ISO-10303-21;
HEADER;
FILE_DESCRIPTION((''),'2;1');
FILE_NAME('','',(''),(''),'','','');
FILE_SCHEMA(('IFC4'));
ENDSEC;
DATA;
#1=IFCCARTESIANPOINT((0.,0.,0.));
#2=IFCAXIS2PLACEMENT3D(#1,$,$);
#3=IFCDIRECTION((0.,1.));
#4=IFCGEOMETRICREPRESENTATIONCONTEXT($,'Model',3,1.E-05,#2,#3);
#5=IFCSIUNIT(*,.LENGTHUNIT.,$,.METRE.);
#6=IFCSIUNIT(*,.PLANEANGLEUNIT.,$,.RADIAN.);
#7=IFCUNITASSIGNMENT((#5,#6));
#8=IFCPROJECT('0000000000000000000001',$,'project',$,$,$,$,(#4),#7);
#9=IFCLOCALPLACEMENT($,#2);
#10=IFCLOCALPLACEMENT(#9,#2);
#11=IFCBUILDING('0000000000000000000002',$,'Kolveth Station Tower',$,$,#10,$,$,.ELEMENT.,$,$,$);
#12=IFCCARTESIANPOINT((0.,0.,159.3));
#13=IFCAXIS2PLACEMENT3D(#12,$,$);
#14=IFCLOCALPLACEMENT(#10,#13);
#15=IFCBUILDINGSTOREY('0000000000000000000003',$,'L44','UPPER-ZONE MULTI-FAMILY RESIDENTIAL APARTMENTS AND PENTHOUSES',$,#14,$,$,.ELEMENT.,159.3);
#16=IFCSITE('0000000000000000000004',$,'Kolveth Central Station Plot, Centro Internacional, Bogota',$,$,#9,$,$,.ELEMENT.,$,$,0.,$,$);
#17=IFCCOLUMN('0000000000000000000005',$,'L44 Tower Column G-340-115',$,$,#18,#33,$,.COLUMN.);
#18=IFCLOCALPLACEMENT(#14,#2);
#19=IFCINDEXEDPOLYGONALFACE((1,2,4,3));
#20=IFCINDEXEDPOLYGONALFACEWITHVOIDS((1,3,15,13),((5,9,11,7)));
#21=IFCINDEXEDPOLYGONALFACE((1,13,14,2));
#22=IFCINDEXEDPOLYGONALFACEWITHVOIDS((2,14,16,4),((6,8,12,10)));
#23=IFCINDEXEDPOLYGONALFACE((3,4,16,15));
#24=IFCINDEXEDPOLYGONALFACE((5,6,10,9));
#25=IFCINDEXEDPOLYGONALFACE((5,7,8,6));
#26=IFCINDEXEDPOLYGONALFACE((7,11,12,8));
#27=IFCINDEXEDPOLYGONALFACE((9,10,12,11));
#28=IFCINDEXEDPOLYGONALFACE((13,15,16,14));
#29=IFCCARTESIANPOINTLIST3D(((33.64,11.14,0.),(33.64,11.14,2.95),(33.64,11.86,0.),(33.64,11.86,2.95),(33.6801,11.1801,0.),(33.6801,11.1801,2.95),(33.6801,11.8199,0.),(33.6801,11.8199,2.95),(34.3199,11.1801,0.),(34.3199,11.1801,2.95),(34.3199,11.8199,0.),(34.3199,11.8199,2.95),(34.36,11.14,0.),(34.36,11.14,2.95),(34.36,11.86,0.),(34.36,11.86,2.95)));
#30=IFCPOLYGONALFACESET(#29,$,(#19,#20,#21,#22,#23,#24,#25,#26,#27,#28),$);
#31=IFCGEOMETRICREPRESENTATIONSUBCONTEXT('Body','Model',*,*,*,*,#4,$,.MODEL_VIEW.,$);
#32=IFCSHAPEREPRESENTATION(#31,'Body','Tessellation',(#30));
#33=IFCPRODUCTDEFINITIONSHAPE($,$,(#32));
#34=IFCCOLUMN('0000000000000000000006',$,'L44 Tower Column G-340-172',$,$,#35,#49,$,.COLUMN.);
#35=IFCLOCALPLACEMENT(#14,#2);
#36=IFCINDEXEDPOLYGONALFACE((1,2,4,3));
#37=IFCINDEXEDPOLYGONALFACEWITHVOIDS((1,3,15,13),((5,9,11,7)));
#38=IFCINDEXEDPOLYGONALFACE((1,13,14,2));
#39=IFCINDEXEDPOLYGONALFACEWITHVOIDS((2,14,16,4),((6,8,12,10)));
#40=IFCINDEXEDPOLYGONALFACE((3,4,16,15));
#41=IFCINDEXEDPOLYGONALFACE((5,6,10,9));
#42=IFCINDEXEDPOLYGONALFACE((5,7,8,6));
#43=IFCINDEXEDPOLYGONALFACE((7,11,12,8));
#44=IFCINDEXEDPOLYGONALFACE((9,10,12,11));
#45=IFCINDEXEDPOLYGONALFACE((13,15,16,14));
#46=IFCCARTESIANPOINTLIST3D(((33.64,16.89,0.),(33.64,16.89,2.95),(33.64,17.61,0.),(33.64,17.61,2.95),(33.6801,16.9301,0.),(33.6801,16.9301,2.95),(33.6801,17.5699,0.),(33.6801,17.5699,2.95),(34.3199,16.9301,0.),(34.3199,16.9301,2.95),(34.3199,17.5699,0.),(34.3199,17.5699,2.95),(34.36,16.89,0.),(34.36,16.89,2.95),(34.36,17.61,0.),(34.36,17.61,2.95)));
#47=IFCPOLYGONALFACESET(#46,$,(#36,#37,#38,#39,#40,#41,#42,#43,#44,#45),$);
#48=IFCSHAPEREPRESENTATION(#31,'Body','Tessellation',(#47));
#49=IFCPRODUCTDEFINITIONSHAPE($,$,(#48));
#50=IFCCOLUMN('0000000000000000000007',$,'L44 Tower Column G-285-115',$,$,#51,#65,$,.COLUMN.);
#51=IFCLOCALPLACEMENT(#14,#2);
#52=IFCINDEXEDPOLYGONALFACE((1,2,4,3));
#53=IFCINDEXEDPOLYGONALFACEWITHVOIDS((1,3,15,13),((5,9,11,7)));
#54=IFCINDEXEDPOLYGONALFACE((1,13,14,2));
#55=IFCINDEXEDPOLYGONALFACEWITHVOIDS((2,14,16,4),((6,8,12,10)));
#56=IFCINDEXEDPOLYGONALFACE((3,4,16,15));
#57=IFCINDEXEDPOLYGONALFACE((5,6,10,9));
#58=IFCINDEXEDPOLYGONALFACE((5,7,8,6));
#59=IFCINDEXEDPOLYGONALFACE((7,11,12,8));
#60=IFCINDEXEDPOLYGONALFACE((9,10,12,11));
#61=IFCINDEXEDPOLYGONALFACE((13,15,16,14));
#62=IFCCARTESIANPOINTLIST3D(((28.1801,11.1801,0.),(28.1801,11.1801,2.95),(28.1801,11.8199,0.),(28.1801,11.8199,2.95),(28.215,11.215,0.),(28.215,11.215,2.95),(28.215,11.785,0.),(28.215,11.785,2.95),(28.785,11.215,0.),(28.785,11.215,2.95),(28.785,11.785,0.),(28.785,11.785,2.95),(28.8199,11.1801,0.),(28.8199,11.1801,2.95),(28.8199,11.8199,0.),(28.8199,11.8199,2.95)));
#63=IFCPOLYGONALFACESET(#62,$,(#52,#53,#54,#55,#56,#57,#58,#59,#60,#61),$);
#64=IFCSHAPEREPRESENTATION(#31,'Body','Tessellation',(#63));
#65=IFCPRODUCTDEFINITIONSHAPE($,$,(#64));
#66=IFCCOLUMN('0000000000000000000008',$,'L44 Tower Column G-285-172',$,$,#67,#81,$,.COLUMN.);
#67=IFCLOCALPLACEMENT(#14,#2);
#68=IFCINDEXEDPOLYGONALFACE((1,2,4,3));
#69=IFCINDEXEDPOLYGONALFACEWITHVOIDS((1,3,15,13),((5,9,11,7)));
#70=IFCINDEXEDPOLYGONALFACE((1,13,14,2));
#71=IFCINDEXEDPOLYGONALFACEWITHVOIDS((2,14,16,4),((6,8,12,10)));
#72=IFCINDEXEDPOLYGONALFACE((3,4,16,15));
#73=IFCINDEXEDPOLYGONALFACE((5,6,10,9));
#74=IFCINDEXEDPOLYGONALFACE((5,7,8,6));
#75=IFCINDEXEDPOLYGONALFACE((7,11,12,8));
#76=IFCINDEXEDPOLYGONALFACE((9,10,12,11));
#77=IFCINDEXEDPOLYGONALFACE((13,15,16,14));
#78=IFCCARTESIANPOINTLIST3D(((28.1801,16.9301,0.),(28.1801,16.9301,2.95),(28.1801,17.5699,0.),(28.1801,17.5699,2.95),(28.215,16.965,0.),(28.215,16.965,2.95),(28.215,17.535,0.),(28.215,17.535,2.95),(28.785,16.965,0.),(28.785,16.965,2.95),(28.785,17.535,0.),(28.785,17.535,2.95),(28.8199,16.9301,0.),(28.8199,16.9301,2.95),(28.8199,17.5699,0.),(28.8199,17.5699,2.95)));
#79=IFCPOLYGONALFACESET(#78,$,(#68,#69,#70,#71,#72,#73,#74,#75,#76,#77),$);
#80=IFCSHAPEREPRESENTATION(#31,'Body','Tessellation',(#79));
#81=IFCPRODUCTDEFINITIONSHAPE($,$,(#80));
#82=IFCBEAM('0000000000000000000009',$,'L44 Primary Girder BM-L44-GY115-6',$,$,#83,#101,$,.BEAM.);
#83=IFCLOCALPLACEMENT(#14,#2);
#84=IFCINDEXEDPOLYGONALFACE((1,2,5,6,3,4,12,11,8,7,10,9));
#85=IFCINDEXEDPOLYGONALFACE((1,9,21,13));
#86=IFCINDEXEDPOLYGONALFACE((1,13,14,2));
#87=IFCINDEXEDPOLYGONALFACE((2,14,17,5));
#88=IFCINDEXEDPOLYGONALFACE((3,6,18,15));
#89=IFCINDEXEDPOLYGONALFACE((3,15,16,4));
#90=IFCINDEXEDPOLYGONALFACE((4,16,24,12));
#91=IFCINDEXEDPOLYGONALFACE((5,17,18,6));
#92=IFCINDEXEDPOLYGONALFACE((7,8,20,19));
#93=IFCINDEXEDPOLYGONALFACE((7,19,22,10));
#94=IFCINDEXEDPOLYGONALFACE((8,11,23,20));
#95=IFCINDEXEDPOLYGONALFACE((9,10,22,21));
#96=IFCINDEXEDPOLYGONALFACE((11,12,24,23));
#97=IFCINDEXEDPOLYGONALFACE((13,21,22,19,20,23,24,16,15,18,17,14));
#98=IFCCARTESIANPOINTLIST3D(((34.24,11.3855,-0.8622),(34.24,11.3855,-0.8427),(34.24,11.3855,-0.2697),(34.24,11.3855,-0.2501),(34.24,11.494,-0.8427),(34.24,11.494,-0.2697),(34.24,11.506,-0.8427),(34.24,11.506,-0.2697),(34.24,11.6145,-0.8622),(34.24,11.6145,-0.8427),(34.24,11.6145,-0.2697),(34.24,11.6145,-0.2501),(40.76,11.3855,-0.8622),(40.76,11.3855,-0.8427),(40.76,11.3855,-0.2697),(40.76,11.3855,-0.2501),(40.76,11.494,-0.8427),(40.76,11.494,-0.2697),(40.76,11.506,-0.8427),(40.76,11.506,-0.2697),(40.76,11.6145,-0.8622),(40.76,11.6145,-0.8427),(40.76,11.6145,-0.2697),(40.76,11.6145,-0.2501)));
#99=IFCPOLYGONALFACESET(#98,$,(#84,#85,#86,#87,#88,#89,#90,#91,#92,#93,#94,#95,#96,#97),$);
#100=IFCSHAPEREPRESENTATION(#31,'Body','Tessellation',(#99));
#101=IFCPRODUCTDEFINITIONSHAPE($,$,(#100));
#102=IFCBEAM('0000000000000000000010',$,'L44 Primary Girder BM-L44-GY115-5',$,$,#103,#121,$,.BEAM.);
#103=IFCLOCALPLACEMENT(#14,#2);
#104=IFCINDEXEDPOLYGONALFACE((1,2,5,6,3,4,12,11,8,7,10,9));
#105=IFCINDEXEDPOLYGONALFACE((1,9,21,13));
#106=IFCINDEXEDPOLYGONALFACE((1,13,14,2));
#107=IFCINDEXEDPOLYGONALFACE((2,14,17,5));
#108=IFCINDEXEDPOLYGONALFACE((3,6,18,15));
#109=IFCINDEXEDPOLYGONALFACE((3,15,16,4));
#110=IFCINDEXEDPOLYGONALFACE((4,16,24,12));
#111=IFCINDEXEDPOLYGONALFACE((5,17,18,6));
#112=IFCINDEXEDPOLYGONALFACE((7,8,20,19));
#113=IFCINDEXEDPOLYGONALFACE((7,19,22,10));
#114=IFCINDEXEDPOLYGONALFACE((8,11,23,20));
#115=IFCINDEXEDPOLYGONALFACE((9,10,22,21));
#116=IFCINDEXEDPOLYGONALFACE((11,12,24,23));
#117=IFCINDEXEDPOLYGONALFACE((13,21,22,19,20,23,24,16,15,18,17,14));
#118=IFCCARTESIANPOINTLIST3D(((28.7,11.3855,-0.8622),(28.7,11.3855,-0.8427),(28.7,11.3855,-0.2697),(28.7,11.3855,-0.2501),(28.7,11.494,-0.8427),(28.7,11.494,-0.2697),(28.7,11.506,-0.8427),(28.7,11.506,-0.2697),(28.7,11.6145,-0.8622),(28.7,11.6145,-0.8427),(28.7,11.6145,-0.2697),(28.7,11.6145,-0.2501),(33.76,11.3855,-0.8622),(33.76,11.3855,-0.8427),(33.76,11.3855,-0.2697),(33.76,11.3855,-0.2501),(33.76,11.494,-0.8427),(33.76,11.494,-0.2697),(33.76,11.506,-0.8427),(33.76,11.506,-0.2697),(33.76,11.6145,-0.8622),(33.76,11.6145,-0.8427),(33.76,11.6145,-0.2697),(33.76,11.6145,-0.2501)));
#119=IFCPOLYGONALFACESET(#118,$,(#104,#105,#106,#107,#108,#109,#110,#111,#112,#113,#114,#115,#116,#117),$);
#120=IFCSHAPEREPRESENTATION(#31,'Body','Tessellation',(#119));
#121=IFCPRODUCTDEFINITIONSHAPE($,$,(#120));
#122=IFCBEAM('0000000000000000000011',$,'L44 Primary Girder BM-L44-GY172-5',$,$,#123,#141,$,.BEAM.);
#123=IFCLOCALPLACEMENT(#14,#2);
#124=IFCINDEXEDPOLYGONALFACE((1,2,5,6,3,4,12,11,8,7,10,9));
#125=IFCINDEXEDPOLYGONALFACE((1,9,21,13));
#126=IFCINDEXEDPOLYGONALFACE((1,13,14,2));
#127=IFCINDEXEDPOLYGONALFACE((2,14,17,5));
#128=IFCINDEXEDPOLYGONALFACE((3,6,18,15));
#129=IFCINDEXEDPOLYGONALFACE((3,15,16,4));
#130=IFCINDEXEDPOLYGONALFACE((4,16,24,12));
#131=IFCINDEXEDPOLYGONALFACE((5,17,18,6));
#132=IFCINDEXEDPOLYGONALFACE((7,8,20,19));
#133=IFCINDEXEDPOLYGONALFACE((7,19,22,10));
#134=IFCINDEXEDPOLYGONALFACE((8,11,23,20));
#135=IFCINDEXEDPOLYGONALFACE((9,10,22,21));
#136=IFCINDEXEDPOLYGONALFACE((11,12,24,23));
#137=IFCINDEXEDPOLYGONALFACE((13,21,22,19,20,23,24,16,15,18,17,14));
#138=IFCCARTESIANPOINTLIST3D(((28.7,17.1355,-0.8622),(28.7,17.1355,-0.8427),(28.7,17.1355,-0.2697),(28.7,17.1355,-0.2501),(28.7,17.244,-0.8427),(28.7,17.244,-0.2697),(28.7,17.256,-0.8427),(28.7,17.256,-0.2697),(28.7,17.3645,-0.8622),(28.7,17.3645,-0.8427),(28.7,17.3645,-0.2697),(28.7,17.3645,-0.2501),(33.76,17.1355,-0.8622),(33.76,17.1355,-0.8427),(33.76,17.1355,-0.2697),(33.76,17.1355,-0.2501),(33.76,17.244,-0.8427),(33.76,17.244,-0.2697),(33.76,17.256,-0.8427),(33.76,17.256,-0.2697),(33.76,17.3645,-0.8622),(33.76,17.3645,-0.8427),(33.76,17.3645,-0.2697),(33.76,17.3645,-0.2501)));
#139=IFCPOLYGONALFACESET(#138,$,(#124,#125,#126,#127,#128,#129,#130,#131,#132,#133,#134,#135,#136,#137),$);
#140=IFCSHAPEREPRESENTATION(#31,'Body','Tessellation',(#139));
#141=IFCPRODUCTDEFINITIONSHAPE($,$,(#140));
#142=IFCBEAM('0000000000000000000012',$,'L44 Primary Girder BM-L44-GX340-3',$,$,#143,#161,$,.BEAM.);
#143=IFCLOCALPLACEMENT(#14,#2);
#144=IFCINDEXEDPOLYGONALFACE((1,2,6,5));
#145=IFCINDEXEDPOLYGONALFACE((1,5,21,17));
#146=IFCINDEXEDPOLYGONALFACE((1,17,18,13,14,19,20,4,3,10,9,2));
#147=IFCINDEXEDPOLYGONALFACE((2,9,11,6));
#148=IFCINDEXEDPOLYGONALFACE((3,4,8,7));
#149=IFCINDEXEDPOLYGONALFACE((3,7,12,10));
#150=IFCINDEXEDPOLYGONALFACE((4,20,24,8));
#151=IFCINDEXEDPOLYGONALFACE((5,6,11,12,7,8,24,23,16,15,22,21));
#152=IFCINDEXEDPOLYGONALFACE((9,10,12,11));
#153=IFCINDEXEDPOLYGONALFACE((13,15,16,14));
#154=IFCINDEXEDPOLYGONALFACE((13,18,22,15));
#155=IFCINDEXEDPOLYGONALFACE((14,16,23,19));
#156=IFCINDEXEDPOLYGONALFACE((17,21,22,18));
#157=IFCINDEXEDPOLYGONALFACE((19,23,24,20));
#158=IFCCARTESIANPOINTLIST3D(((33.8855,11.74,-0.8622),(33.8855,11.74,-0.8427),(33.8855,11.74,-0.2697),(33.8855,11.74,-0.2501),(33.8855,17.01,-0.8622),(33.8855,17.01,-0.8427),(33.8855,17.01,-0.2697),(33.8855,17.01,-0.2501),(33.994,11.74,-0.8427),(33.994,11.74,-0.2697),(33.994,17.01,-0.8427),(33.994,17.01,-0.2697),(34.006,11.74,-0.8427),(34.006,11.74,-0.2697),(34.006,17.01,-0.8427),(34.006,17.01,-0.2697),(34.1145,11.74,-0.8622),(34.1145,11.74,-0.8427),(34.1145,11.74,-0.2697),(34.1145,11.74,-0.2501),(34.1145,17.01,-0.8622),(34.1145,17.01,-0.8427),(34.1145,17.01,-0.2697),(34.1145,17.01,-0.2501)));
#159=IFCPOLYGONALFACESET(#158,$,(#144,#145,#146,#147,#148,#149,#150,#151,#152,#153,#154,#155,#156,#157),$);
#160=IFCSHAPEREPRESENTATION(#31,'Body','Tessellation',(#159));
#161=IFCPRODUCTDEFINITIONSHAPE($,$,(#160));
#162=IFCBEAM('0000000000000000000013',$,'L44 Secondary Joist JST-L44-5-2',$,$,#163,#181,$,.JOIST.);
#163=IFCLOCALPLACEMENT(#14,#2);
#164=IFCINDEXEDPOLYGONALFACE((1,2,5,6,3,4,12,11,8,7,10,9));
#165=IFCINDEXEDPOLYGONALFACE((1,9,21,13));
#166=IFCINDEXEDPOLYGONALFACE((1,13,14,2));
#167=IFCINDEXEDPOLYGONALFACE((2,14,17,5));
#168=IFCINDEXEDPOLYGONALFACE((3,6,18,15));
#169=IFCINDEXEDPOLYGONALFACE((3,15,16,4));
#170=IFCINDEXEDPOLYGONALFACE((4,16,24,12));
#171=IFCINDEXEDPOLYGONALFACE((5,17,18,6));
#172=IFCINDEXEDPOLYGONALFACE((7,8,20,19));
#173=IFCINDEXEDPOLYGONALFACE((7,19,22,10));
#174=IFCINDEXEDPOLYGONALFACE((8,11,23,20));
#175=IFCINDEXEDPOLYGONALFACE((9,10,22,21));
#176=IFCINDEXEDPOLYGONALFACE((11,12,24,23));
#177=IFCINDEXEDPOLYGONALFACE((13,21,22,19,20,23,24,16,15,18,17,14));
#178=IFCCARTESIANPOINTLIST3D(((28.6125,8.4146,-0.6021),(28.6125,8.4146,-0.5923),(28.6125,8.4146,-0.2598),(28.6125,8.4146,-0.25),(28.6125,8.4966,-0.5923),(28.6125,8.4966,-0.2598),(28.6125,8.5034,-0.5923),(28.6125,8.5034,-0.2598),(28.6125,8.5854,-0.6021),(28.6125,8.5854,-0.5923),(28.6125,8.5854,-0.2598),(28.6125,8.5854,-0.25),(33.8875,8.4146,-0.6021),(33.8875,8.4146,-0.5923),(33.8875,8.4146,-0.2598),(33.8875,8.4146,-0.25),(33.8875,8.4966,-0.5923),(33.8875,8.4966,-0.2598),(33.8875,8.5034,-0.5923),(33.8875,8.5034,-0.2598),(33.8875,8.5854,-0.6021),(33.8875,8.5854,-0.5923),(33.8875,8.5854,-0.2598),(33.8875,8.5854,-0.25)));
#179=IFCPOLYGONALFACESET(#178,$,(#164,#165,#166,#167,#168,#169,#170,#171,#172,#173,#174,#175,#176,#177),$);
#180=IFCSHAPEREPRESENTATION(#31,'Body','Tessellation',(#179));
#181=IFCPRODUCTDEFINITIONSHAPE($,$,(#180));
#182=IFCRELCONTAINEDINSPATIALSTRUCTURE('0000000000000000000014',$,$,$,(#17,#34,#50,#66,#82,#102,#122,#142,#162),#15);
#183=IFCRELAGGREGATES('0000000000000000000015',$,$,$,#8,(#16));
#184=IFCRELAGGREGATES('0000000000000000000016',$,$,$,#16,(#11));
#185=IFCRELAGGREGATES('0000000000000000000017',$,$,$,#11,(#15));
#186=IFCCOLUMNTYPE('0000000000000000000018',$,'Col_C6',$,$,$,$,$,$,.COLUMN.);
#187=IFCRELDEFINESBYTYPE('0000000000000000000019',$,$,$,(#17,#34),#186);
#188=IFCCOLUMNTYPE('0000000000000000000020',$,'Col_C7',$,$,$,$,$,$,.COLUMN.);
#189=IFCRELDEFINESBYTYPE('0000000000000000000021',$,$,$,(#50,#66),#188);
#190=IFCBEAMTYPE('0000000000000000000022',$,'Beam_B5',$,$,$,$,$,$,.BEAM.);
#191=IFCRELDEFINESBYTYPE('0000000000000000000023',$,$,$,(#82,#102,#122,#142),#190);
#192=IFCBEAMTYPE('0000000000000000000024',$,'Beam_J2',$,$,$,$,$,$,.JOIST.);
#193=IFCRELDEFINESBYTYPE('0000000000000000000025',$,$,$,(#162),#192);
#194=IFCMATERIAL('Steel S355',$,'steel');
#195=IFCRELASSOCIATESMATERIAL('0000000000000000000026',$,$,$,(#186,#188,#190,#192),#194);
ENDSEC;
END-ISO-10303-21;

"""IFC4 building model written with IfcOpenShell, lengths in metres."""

from ifc_helpers import new_model, si_unit, direction, frame, origin, origin_2d, place, context, subcontext, project, spatial, hollow_rectangle, i_section, extrude, source, transform, mapped, material, material_profile, profile_set, type_object, element, save


model = new_model("IFC4")

# Units and contexts
model_context = context("Model", 3, precision=1e-05, world=origin(), true_north=direction((0.0, 1.0)))
body_context = subcontext(model_context, "Body", "Model", "MODEL_VIEW")
ifc_project = project(units=[si_unit("LENGTHUNIT", "METRE"), si_unit("PLANEANGLEUNIT", "RADIAN")], contexts=[model_context])

# Site, building, storey
site_placement = place(None, origin())
site = spatial("IfcSite", under=ifc_project, at=site_placement, Name="Kolveth Central Station Plot, Centro Internacional, Bogota", CompositionType="ELEMENT", RefElevation=0.0)
building_placement = place(site_placement, origin())
building = spatial("IfcBuilding", under=site, at=building_placement, Name="Kolveth Station Tower", CompositionType="ELEMENT")
storey_placement = place(building_placement, frame((0.0, 0.0, 159.3)))
storey = spatial("IfcBuildingStorey", under=building, at=storey_placement, Name="L44", Description="UPPER-ZONE MULTI-FAMILY RESIDENTIAL APARTMENTS AND PENTHOUSES", CompositionType="ELEMENT", Elevation=159.3)

# Columns
ifc_material_1 = material(Name="Steel S355", Category="steel")
ifc_material_profile_1 = material_profile(ifc_material_1, hollow_rectangle(XDim=0.72, YDim=0.72, WallThickness=0.04, at=origin_2d()), Name="BOX720x720x40")
ifc_profile_set_1 = profile_set([ifc_material_profile_1], Name="Steel S355")
column_type_1 = type_object("IfcColumnType", Name="Col_C6", PredefinedType="COLUMN", material=ifc_profile_set_1)
shared_shape_1 = source(origin(), body_context, "Body", "SweptSolid", [
    extrude(hollow_rectangle(XDim=0.72, YDim=0.72, WallThickness=0.04, at=origin_2d()), origin(), (0.0, 0.0, 1.0), 2.95),
])
for number, where, z_axis, x_axis, name in (
    (1, (34.0, 11.5, 0.0), (0.0, 0.0, 1.0), (1.0, 0.0, 0.0), "L44 Tower Column G-340-115"),
    (2, (34.0, 17.25, 0.0), (0.0, 0.0, 1.0), (1.0, 0.0, 0.0), "L44 Tower Column G-340-172"),
):
    element("IfcColumn", number, at=place(storey_placement, frame(where, z_axis=z_axis, x_axis=x_axis)), inside=storey, type_object=column_type_1, Name=name, PredefinedType="COLUMN", context=body_context, shape_type="MappedRepresentation", body=[
        mapped(shared_shape_1, transform((0.0, 0.0, 0.0), x_axis=(1.0, 0.0, 0.0), y_axis=(0.0, 1.0, 0.0), z_axis=(0.0, 0.0, 1.0), scale=1.0)),
    ])
ifc_material_profile_2 = material_profile(ifc_material_1, hollow_rectangle(XDim=0.6399, YDim=0.6399, WallThickness=0.0349, at=origin_2d()), Name="BOX640x640x35")
ifc_profile_set_2 = profile_set([ifc_material_profile_2], Name="Steel S355")
column_type_2 = type_object("IfcColumnType", Name="Col_C7", PredefinedType="COLUMN", material=ifc_profile_set_2)
shared_shape_2 = source(origin(), body_context, "Body", "SweptSolid", [
    extrude(hollow_rectangle(XDim=0.6399, YDim=0.6399, WallThickness=0.0349, at=origin_2d()), origin(), (0.0, 0.0, 1.0), 2.95),
])
for number, where, z_axis, x_axis, name in (
    (3, (28.5, 11.5, 0.0), (0.0, 0.0, 1.0), (1.0, 0.0, 0.0), "L44 Tower Column G-285-115"),
    (4, (28.5, 17.25, 0.0), (0.0, 0.0, 1.0), (1.0, 0.0, 0.0), "L44 Tower Column G-285-172"),
):
    element("IfcColumn", number, at=place(storey_placement, frame(where, z_axis=z_axis, x_axis=x_axis)), inside=storey, type_object=column_type_2, Name=name, PredefinedType="COLUMN", context=body_context, shape_type="MappedRepresentation", body=[
        mapped(shared_shape_2, transform((0.0, 0.0, 0.0), x_axis=(1.0, 0.0, 0.0), y_axis=(0.0, 1.0, 0.0), z_axis=(0.0, 0.0, 1.0), scale=1.0)),
    ])

# Beams
ifc_material_profile_3 = material_profile(ifc_material_1, i_section(OverallWidth=0.229, OverallDepth=0.6121, WebThickness=0.012, FlangeThickness=0.0195, at=origin_2d()), Name="W610x125")
ifc_profile_set_3 = profile_set([ifc_material_profile_3], Name="Steel S355")
beam_type_1 = type_object("IfcBeamType", Name="Beam_B5", PredefinedType="BEAM", material=ifc_profile_set_3)
shared_shape_3 = source(origin(), body_context, "Body", "SweptSolid", [
    extrude(i_section(OverallWidth=0.229, OverallDepth=0.6121, WebThickness=0.012, FlangeThickness=0.0195, at=origin_2d()), origin(), (0.0, 0.0, 1.0), 6.52),
])
beam_1_placement = place(storey_placement, frame((34.24, 11.5, -0.5562), z_axis=(1.0, 0.0, 0.0), x_axis=(0.0, 1.0, 0.0)))
element("IfcBeam", 5, at=beam_1_placement, inside=storey, type_object=beam_type_1, Name="L44 Primary Girder BM-L44-GY115-6", PredefinedType="BEAM", context=body_context, shape_type="MappedRepresentation", body=[
    mapped(shared_shape_3, transform((0.0, 0.0, 0.0), x_axis=(1.0, 0.0, 0.0), y_axis=(0.0, 1.0, 0.0), z_axis=(0.0, 0.0, 1.0), scale=1.0)),
])
shared_shape_4 = source(origin(), body_context, "Body", "SweptSolid", [
    extrude(i_section(OverallWidth=0.229, OverallDepth=0.6121, WebThickness=0.012, FlangeThickness=0.0195, at=origin_2d()), origin(), (0.0, 0.0, 1.0), 5.0601),
])
for number, where, z_axis, x_axis, name in (
    (6, (28.7, 11.5, -0.5562), (1.0, 0.0, 0.0), (0.0, 1.0, 0.0), "L44 Primary Girder BM-L44-GY115-5"),
    (7, (28.7, 17.25, -0.5562), (1.0, 0.0, 0.0), (0.0, 1.0, 0.0), "L44 Primary Girder BM-L44-GY172-5"),
):
    element("IfcBeam", number, at=place(storey_placement, frame(where, z_axis=z_axis, x_axis=x_axis)), inside=storey, type_object=beam_type_1, Name=name, PredefinedType="BEAM", context=body_context, shape_type="MappedRepresentation", body=[
        mapped(shared_shape_4, transform((0.0, 0.0, 0.0), x_axis=(1.0, 0.0, 0.0), y_axis=(0.0, 1.0, 0.0), z_axis=(0.0, 0.0, 1.0), scale=1.0)),
    ])
shared_shape_5 = source(origin(), body_context, "Body", "SweptSolid", [
    extrude(i_section(OverallWidth=0.229, OverallDepth=0.6121, WebThickness=0.012, FlangeThickness=0.0195, at=origin_2d()), origin(), (0.0, 0.0, 1.0), 5.27),
])
beam_2_placement = place(storey_placement, frame((34.0, 11.74, -0.5562), z_axis=(0.0, 1.0, 0.0), x_axis=(-1.0, 0.0, 0.0)))
element("IfcBeam", 8, at=beam_2_placement, inside=storey, type_object=beam_type_1, Name="L44 Primary Girder BM-L44-GX340-3", PredefinedType="BEAM", context=body_context, shape_type="MappedRepresentation", body=[
    mapped(shared_shape_5, transform((0.0, 0.0, 0.0), x_axis=(1.0, 0.0, 0.0), y_axis=(0.0, 1.0, 0.0), z_axis=(0.0, 0.0, 1.0), scale=1.0)),
])
ifc_material_profile_4 = material_profile(ifc_material_1, i_section(OverallWidth=0.1709, OverallDepth=0.3521, WebThickness=0.0068, FlangeThickness=0.0098, at=origin_2d()), Name="W360x44")
ifc_profile_set_4 = profile_set([ifc_material_profile_4], Name="Steel S355")
beam_type_2 = type_object("IfcBeamType", Name="Beam_J2", PredefinedType="JOIST", material=ifc_profile_set_4)
shared_shape_6 = source(origin(), body_context, "Body", "SweptSolid", [
    extrude(i_section(OverallWidth=0.1709, OverallDepth=0.3521, WebThickness=0.0068, FlangeThickness=0.0098, at=origin_2d()), origin(), (0.0, 0.0, 1.0), 5.2749),
])
for number, where, z_axis, x_axis, name in (
    (9, (28.6125, 8.5, -0.426), (1.0, 0.0, 0.0), (0.0, 1.0, 0.0), "L44 Secondary Joist JST-L44-5-2"),
):
    element("IfcBeam", number, at=place(storey_placement, frame(where, z_axis=z_axis, x_axis=x_axis)), inside=storey, type_object=beam_type_2, Name=name, PredefinedType="JOIST", context=body_context, shape_type="MappedRepresentation", body=[
        mapped(shared_shape_6, transform((0.0, 0.0, 0.0), x_axis=(1.0, 0.0, 0.0), y_axis=(0.0, 1.0, 0.0), z_axis=(0.0, 0.0, 1.0), scale=1.0)),
    ])

save(model, "model.ifc")
